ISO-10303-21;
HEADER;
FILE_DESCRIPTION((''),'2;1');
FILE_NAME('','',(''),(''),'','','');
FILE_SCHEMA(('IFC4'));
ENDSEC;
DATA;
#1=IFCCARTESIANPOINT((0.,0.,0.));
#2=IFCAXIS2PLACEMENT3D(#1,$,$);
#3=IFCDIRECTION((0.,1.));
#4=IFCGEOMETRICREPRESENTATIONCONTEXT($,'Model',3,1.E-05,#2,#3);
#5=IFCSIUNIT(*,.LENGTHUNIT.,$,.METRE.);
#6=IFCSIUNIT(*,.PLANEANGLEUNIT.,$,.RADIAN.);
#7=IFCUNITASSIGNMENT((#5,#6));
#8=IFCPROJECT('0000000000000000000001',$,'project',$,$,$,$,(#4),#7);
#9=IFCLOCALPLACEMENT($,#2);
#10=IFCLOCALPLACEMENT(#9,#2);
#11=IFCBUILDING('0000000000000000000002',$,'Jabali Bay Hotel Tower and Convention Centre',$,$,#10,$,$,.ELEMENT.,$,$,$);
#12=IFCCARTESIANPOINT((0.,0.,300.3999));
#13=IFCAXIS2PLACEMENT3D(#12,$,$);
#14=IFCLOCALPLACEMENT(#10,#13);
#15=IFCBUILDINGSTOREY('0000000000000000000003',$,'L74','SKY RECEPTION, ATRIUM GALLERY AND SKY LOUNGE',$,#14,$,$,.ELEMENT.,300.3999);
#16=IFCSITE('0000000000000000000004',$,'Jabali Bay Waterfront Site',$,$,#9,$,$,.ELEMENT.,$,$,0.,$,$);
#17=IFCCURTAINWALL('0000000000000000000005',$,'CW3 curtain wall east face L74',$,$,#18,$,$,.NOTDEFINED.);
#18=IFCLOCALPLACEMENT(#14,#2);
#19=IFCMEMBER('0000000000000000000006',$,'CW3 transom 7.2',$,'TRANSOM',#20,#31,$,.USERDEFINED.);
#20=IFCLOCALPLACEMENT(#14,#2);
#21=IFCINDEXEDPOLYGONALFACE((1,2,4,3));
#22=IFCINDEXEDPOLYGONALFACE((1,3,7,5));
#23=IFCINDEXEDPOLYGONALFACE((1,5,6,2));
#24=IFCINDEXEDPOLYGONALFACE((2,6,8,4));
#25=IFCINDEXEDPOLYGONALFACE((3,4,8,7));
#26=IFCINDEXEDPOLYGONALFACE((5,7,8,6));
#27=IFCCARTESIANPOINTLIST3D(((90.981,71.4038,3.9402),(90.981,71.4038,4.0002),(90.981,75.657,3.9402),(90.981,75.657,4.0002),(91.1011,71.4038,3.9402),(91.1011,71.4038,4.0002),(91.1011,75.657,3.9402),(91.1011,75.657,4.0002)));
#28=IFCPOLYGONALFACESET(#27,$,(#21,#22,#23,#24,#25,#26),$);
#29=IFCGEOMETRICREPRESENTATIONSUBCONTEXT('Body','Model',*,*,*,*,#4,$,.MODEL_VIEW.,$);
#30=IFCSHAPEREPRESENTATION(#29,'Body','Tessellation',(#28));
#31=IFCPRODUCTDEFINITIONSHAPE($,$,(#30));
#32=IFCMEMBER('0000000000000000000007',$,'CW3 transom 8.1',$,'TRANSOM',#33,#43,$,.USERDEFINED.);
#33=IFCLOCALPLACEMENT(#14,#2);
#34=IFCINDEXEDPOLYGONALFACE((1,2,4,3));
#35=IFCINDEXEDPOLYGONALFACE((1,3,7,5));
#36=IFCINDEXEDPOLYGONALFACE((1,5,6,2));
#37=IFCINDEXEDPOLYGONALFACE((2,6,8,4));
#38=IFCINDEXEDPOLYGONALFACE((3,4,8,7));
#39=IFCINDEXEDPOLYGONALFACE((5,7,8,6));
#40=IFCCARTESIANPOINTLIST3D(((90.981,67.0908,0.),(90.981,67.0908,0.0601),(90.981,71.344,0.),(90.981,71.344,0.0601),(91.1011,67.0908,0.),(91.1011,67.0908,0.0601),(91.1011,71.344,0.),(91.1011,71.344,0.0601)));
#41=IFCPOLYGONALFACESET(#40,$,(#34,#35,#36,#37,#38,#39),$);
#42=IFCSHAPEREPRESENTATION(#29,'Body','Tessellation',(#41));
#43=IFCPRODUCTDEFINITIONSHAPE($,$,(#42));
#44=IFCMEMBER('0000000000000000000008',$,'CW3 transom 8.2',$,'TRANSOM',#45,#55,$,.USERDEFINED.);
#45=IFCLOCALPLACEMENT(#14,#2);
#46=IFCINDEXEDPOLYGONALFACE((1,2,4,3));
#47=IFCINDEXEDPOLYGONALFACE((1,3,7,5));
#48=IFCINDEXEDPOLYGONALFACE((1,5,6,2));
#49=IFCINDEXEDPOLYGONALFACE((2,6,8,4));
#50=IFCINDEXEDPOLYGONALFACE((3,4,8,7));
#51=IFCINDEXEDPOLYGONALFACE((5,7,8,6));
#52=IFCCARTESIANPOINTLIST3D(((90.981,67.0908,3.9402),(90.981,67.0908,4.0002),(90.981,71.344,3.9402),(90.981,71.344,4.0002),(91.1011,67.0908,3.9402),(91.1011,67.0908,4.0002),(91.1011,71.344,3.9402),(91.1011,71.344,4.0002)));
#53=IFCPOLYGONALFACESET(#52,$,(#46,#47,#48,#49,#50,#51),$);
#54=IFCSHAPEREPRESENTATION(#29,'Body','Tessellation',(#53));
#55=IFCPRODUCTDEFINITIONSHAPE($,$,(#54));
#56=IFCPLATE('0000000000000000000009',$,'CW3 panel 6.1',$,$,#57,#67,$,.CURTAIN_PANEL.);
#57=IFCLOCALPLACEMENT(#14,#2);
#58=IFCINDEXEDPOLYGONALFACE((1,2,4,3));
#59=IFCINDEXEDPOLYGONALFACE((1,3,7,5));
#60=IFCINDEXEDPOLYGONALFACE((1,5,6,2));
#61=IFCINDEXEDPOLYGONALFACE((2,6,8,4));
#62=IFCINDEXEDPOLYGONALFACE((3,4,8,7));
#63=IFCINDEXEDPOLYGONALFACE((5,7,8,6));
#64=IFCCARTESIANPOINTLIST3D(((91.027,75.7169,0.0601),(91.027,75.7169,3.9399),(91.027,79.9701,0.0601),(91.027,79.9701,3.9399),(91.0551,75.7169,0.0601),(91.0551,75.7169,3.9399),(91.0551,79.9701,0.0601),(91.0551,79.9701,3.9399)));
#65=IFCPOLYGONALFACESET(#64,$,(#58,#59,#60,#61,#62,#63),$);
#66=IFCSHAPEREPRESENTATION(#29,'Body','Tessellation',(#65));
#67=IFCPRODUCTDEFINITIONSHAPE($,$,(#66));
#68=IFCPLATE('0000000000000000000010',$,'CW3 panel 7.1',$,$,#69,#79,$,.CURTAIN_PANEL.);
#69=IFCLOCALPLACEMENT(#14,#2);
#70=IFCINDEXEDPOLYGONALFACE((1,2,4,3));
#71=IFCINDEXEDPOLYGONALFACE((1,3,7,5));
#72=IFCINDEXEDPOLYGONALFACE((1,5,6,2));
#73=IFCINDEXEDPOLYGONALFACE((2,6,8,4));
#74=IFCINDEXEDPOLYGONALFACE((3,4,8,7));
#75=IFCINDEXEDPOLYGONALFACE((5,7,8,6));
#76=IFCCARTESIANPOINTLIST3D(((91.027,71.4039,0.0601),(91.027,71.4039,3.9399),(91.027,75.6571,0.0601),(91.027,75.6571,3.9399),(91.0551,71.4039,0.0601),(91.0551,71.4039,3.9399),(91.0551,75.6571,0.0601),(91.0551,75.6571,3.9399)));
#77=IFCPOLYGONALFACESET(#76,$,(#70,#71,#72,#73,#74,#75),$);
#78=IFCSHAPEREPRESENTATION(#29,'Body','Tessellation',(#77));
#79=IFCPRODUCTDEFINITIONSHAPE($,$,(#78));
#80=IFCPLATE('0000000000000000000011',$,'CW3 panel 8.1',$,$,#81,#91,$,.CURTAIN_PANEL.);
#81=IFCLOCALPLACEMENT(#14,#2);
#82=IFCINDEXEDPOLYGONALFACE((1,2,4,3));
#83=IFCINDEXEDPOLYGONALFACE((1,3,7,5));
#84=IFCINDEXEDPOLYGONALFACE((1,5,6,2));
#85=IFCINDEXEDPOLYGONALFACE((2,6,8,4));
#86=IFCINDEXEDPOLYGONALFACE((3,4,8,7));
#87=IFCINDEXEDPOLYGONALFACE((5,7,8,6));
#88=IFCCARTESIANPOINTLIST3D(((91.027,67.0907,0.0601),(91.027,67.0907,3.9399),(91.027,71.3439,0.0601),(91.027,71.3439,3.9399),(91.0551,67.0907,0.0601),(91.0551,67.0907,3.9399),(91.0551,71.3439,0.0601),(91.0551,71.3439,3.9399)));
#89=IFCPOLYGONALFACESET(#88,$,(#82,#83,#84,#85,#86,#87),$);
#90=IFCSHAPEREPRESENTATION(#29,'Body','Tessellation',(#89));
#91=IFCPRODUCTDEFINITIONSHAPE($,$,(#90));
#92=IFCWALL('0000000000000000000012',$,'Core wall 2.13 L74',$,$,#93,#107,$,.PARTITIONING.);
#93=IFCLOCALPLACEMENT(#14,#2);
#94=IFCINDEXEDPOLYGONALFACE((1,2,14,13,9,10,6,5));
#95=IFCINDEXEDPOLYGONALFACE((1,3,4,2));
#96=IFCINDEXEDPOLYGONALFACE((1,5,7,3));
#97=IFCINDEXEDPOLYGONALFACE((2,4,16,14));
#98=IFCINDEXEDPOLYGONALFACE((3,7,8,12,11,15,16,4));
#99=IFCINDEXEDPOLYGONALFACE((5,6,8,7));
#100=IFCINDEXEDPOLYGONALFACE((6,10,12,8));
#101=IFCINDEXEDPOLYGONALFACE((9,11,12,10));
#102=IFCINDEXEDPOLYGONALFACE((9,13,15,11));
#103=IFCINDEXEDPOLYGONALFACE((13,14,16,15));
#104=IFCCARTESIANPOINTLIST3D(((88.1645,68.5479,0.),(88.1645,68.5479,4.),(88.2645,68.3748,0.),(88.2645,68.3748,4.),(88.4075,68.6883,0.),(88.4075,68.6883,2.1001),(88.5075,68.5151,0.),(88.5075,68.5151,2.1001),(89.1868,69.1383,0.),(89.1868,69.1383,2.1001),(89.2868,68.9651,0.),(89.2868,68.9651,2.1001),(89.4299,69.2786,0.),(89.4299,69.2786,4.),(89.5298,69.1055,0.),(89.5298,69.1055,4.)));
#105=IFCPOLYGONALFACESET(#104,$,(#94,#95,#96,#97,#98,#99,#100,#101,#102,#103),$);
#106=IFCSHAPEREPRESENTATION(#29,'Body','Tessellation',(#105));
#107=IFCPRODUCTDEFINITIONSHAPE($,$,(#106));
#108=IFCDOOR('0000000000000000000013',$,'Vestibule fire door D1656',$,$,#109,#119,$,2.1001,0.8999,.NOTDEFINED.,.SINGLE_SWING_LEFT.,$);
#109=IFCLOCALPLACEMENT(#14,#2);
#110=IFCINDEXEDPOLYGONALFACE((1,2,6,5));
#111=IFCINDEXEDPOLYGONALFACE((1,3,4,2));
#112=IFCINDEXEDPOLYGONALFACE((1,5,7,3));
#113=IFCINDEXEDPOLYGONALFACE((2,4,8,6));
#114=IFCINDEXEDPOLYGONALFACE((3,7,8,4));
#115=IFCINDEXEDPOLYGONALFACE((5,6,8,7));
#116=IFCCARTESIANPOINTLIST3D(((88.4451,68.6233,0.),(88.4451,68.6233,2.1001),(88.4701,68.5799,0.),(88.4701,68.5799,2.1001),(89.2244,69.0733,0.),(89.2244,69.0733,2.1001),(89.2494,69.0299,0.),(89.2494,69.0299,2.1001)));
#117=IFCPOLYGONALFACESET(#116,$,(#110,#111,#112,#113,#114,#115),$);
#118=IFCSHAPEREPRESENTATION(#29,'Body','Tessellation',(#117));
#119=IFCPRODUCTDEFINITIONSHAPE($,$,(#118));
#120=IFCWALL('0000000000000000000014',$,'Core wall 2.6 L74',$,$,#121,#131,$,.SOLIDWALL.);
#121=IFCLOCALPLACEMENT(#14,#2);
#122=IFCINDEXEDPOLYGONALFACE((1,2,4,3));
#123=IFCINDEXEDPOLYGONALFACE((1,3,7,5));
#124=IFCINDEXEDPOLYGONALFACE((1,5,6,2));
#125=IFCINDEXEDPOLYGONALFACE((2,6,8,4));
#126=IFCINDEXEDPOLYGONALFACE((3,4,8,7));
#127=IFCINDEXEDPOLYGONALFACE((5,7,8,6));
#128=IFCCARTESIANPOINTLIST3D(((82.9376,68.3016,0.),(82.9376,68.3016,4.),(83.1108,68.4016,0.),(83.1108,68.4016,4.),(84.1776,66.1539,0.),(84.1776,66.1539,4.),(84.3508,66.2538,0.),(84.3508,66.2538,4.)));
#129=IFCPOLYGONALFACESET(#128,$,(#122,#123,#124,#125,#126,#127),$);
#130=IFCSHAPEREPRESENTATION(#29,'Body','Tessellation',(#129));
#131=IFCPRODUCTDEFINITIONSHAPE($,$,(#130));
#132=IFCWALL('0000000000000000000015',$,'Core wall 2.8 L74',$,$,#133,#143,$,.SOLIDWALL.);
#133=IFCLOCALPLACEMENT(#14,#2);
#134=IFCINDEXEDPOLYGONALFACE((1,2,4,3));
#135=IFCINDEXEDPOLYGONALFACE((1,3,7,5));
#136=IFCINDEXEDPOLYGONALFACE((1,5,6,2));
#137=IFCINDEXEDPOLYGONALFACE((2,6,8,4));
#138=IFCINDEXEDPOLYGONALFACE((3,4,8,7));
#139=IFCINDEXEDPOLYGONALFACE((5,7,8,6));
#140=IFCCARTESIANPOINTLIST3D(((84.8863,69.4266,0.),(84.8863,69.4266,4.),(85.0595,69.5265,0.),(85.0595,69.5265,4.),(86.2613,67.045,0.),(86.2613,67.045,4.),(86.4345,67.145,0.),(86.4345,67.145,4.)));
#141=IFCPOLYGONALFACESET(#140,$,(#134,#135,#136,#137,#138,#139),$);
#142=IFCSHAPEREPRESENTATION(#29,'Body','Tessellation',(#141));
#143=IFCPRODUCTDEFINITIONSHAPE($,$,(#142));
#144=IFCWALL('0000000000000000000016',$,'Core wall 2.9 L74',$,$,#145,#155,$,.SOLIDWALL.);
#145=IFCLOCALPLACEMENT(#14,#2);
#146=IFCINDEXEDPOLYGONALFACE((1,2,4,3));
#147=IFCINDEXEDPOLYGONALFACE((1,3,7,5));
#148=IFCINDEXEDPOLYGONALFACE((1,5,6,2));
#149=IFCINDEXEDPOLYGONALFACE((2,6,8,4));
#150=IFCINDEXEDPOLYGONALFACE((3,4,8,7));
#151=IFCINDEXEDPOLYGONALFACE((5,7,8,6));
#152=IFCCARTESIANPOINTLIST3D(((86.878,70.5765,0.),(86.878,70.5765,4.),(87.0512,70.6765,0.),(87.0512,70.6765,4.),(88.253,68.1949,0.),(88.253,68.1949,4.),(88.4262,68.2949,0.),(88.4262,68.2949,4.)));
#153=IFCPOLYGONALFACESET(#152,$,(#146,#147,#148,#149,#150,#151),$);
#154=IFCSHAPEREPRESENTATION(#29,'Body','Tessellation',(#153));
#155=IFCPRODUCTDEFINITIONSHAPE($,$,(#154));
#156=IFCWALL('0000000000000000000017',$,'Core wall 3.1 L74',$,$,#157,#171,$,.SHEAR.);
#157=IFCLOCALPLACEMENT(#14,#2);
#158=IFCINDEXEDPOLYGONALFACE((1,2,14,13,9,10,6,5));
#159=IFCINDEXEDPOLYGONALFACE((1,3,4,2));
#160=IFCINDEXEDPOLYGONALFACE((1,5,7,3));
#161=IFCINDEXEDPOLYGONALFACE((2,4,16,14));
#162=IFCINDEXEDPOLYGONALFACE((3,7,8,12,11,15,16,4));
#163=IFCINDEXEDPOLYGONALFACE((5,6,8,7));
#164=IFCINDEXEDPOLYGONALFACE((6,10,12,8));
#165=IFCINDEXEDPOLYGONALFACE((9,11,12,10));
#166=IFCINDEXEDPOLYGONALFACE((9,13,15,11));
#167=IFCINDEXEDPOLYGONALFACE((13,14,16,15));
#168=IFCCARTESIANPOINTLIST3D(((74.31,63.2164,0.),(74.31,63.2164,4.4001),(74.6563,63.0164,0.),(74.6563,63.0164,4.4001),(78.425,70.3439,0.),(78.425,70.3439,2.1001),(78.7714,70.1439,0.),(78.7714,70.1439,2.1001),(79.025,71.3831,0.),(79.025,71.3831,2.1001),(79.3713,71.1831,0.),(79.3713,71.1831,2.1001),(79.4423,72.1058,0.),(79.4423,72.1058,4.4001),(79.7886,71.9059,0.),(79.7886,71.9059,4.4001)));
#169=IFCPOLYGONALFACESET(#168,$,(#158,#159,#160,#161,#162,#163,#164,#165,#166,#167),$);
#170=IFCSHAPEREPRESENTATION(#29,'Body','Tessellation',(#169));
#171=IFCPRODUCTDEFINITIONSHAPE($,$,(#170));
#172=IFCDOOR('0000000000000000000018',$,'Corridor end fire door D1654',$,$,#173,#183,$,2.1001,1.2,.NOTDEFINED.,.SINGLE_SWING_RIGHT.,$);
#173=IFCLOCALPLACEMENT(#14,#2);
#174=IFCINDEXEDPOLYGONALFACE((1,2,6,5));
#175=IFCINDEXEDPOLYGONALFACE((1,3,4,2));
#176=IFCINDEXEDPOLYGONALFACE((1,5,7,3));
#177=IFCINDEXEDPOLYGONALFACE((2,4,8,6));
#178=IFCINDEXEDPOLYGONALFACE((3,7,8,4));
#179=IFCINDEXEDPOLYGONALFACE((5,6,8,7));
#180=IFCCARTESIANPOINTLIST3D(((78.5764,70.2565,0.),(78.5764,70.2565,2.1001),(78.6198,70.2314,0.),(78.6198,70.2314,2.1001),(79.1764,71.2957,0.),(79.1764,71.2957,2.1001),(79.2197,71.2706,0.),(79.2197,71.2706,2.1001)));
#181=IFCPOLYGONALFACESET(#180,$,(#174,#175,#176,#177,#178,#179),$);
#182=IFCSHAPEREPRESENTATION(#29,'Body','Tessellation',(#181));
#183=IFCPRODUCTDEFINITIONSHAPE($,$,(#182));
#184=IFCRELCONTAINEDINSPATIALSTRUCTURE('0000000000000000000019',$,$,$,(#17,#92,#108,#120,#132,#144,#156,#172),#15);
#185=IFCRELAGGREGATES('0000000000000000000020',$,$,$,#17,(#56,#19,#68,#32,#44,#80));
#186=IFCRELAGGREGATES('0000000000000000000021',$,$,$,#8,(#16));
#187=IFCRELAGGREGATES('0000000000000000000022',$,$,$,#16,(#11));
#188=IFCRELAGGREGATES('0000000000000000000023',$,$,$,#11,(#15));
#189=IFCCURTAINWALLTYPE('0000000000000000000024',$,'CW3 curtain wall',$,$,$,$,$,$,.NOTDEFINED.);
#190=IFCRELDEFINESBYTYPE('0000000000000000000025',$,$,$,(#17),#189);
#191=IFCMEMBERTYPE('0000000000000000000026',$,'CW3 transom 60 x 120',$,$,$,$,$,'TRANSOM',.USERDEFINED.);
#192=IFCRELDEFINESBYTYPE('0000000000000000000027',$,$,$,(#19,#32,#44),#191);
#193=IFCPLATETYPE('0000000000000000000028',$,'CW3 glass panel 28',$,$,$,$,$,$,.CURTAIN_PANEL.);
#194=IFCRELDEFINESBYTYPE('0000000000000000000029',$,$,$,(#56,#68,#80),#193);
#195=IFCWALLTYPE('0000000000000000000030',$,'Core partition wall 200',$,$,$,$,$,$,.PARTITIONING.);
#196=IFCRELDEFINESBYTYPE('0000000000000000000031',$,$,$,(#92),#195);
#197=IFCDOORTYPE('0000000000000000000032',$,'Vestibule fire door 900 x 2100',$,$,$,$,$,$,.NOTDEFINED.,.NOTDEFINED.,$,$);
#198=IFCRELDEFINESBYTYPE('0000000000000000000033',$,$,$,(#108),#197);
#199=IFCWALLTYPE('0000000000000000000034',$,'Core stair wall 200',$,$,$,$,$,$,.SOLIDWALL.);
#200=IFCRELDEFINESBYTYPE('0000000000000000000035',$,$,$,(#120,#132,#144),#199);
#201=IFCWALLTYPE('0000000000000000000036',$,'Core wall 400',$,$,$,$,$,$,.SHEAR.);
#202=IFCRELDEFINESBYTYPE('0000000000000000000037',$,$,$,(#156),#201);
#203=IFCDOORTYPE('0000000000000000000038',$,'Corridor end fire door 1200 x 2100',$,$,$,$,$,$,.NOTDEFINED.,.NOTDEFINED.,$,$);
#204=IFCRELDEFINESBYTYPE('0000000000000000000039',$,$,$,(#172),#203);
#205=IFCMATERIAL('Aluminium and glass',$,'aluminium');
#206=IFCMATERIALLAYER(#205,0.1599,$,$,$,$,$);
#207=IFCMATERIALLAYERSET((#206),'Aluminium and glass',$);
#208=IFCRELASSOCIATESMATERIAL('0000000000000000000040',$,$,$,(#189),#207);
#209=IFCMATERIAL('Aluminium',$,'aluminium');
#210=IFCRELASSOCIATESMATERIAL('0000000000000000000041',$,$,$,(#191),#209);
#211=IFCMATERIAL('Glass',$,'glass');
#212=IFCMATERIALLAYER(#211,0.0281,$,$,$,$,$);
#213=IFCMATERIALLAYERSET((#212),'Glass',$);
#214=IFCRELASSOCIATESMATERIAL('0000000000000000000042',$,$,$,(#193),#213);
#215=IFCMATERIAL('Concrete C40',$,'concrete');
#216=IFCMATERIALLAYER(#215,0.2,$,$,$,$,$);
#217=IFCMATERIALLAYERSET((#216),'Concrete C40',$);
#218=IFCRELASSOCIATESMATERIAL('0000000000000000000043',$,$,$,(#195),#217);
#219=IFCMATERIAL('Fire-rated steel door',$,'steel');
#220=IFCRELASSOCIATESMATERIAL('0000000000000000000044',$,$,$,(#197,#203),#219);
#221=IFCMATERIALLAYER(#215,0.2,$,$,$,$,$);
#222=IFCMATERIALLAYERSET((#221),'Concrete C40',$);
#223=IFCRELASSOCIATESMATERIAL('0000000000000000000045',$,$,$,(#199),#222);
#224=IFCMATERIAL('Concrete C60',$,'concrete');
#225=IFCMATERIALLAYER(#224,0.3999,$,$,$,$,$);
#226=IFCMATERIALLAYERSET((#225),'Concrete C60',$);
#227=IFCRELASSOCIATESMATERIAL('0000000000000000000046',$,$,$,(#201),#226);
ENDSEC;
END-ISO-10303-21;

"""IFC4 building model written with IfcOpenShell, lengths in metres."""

from ifc_helpers import new_model, si_unit, direction, frame, frame_2d, origin, origin_2d, place, context, subcontext, project, spatial, rectangle, extrude, material, layer, layer_set, material_profile, profile_set, type_object, element, fill, aggregate, save


model = new_model("IFC4")

# Units and contexts
model_context = context("Model", 3, precision=1e-05, world=origin(), true_north=direction((0.0, 1.0)))
body_context = subcontext(model_context, "Body", "Model", "MODEL_VIEW")
ifc_project = project(units=[si_unit("LENGTHUNIT", "METRE"), si_unit("PLANEANGLEUNIT", "RADIAN")], contexts=[model_context])

# Site, building, storey
site_placement = place(None, origin())
site = spatial("IfcSite", under=ifc_project, at=site_placement, Name="Jabali Bay Waterfront Site", CompositionType="ELEMENT", RefElevation=0.0)
building_placement = place(site_placement, origin())
building = spatial("IfcBuilding", under=site, at=building_placement, Name="Jabali Bay Hotel Tower and Convention Centre", CompositionType="ELEMENT")
storey_placement = place(building_placement, frame((0.0, 0.0, 300.3999)))
storey = spatial("IfcBuildingStorey", under=building, at=storey_placement, Name="L74", Description="SKY RECEPTION, ATRIUM GALLERY AND SKY LOUNGE", CompositionType="ELEMENT", Elevation=300.3999)

# Shared definitions
ifc_material_1 = material(Name="Concrete C60", Category="concrete")

# Curtain wall, members, plates
ifc_material_2 = material(Name="Aluminium and glass", Category="aluminium")
ifc_layer_1 = layer(ifc_material_2, 0.1599)
ifc_layer_set_1 = layer_set([ifc_layer_1], Name="Aluminium and glass")
curtain_wall_type = type_object("IfcCurtainWallType", Name="CW3 curtain wall", PredefinedType="NOTDEFINED", material=ifc_layer_set_1)
curtain_wall_placement = place(storey_placement, origin())
curtain_wall = element("IfcCurtainWall", 1, at=curtain_wall_placement, inside=storey, type_object=curtain_wall_type, Name="CW3 curtain wall east face L74", PredefinedType="NOTDEFINED")
ifc_material_3 = material(Name="Aluminium", Category="aluminium")
ifc_material_profile_1 = material_profile(ifc_material_3, rectangle(XDim=0.1201, YDim=0.0601, at=origin_2d()), Name="CW3 transom 60 x 120")
ifc_profile_set_1 = profile_set([ifc_material_profile_1], Name="Aluminium")
member_type_1 = type_object("IfcMemberType", Name="CW3 transom 60 x 120", ElementType="TRANSOM", PredefinedType="USERDEFINED", material=ifc_profile_set_1)
member_1_placement = place(storey_placement, frame((91.041, 75.657, 3.9702), z_axis=(0.0, -1.0, 0.0), x_axis=(1.0, 0.0, 0.0)))
member_1 = element("IfcMember", 2, at=member_1_placement, type_object=member_type_1, Name="CW3 transom 7.2", ObjectType="TRANSOM", PredefinedType="USERDEFINED", context=body_context, shape_type="SweptSolid", body=[
    extrude(rectangle(XDim=0.1201, YDim=0.0601, at=origin_2d()), origin(), (0.0, 0.0, 1.0), 4.2532),
])
member_2_placement = place(storey_placement, frame((91.041, 71.344, 0.03), z_axis=(0.0, -1.0, 0.0), x_axis=(1.0, 0.0, 0.0)))
member_2 = element("IfcMember", 3, at=member_2_placement, type_object=member_type_1, Name="CW3 transom 8.1", ObjectType="TRANSOM", PredefinedType="USERDEFINED", context=body_context, shape_type="SweptSolid", body=[
    extrude(rectangle(XDim=0.1201, YDim=0.0601, at=origin_2d()), origin(), (0.0, 0.0, 1.0), 4.2532),
])
member_3_placement = place(storey_placement, frame((91.041, 71.344, 3.9702), z_axis=(0.0, -1.0, 0.0), x_axis=(1.0, 0.0, 0.0)))
member_3 = element("IfcMember", 4, at=member_3_placement, type_object=member_type_1, Name="CW3 transom 8.2", ObjectType="TRANSOM", PredefinedType="USERDEFINED", context=body_context, shape_type="SweptSolid", body=[
    extrude(rectangle(XDim=0.1201, YDim=0.0601, at=origin_2d()), origin(), (0.0, 0.0, 1.0), 4.2532),
])
ifc_material_4 = material(Name="Glass", Category="glass")
ifc_layer_2 = layer(ifc_material_4, 0.0281)
ifc_layer_set_2 = layer_set([ifc_layer_2], Name="Glass")
plate_type = type_object("IfcPlateType", Name="CW3 glass panel 28", PredefinedType="CURTAIN_PANEL", material=ifc_layer_set_2)
plate_1_placement = place(storey_placement, frame((91.041, 77.8435, 0.0601), z_axis=(0.0, 0.0, 1.0), x_axis=(0.0, -1.0, 0.0)))
plate_1 = element("IfcPlate", 5, at=plate_1_placement, type_object=plate_type, Name="CW3 panel 6.1", PredefinedType="CURTAIN_PANEL", context=body_context, shape_type="SweptSolid", body=[
    extrude(rectangle(XDim=4.2532, YDim=0.0281, at=origin_2d()), origin(), (0.0, 0.0, 1.0), 3.8799),
])
plate_2_placement = place(storey_placement, frame((91.041, 73.5305, 0.0601), z_axis=(0.0, 0.0, 1.0), x_axis=(0.0, -1.0, 0.0)))
plate_2 = element("IfcPlate", 6, at=plate_2_placement, type_object=plate_type, Name="CW3 panel 7.1", PredefinedType="CURTAIN_PANEL", context=body_context, shape_type="SweptSolid", body=[
    extrude(rectangle(XDim=4.2532, YDim=0.0281, at=origin_2d()), origin(), (0.0, 0.0, 1.0), 3.8799),
])
plate_3_placement = place(storey_placement, frame((91.041, 69.2173, 0.0601), z_axis=(0.0, 0.0, 1.0), x_axis=(0.0, -1.0, 0.0)))
plate_3 = element("IfcPlate", 7, at=plate_3_placement, type_object=plate_type, Name="CW3 panel 8.1", PredefinedType="CURTAIN_PANEL", context=body_context, shape_type="SweptSolid", body=[
    extrude(rectangle(XDim=4.2532, YDim=0.0281, at=origin_2d()), origin(), (0.0, 0.0, 1.0), 3.8799),
])
aggregate(curtain_wall, [plate_1, member_1, plate_2, member_2, member_3, plate_3])

# Wall, opening, door
ifc_material_5 = material(Name="Concrete C40", Category="concrete")
ifc_layer_3 = layer(ifc_material_5, 0.2)
ifc_layer_set_3 = layer_set([ifc_layer_3], Name="Concrete C40")
wall_type_1 = type_object("IfcWallType", Name="Core partition wall 200", PredefinedType="PARTITIONING", material=ifc_layer_set_3)
wall_1_placement = place(storey_placement, frame((88.2146, 68.4614, 0.0), z_axis=(0.0, 0.0, 1.0), x_axis=(0.865982, 0.500074, 0.0)))
wall_1 = element("IfcWall", 8, at=wall_1_placement, inside=storey, type_object=wall_type_1, Name="Core wall 2.13 L74", PredefinedType="PARTITIONING", context=body_context, shape_type="SweptSolid", body=[
    extrude(rectangle(XDim=1.4612, YDim=0.2, at=frame_2d((0.7305, 0.0))), origin(), (0.0, 0.0, 1.0), 4.0),
])
opening_1_placement = place(wall_1_placement, frame((0.2805, 0.0, 0.0)))
opening_1 = element("IfcOpeningElement", 9, at=opening_1_placement, cuts=wall_1, PredefinedType="OPENING", context=body_context, shape_type="SweptSolid", body=[
    extrude(rectangle(XDim=0.8999, YDim=2.1001, at=frame_2d((0.45, 1.05))), frame((0.0, 0.1104, 0.0), z_axis=(0.0, -1.0, 0.0), x_axis=(1.0, 0.0, 0.0)), (0.0, 0.0, 1.0), 0.2209),
])
ifc_material_6 = material(Name="Fire-rated steel door", Category="steel")
door_type_1 = type_object("IfcDoorType", Name="Vestibule fire door 900 x 2100", OperationType="NOTDEFINED", PredefinedType="NOTDEFINED", material=ifc_material_6)
door_1_placement = place(opening_1_placement, origin())
door_1 = element("IfcDoor", 10, at=door_1_placement, inside=storey, type_object=door_type_1, Name="Vestibule fire door D1656", OperationType="SINGLE_SWING_LEFT", OverallHeight=2.1001, OverallWidth=0.8999, PredefinedType="NOTDEFINED", context=body_context, shape_type="SweptSolid", body=[
    extrude(rectangle(XDim=0.8999, YDim=2.1001, at=frame_2d((0.45, 1.05))), frame((0.0, 0.0249, 0.0), z_axis=(0.0, -1.0, 0.0), x_axis=(1.0, 0.0, 0.0)), (0.0, 0.0, 1.0), 0.05),
])
fill(opening_1, door_1)

# Walls
ifc_layer_4 = layer(ifc_material_5, 0.2)
ifc_layer_set_4 = layer_set([ifc_layer_4], Name="Concrete C40")
wall_type_2 = type_object("IfcWallType", Name="Core stair wall 200", PredefinedType="SOLIDWALL", material=ifc_layer_set_4)
wall_2_placement = place(storey_placement, frame((83.0242, 68.3516, 0.0), z_axis=(0.0, 0.0, 1.0), x_axis=(0.500004, -0.866023, 0.0)))
element("IfcWall", 11, at=wall_2_placement, inside=storey, type_object=wall_type_2, Name="Core wall 2.6 L74", PredefinedType="SOLIDWALL", context=body_context, shape_type="SweptSolid", body=[
    extrude(rectangle(XDim=2.48, YDim=0.2, at=frame_2d((1.24, 0.0))), origin(), (0.0, 0.0, 1.0), 4.0),
])
for number, where, z_axis, x_axis, name in (
    (12, (84.9729, 69.4766, 0.0), (0.0, 0.0, 1.0), (0.499997, -0.866027, 0.0), "Core wall 2.8 L74"),
    (13, (86.9646, 70.6265, 0.0), (0.0, 0.0, 1.0), (0.499997, -0.866027, 0.0), "Core wall 2.9 L74"),
):
    element("IfcWall", number, at=place(storey_placement, frame(where, z_axis=z_axis, x_axis=x_axis)), inside=storey, type_object=wall_type_2, Name=name, PredefinedType="SOLIDWALL", context=body_context, shape_type="SweptSolid", body=[
        extrude(rectangle(XDim=2.75, YDim=0.2, at=frame_2d((1.375, 0.0))), origin(), (0.0, 0.0, 1.0), 4.0),
    ])

# Wall, opening, door
ifc_layer_5 = layer(ifc_material_1, 0.3999)
ifc_layer_set_5 = layer_set([ifc_layer_5], Name="Concrete C60")
wall_type_3 = type_object("IfcWallType", Name="Core wall 400", PredefinedType="SHEAR", material=ifc_layer_set_5)
wall_3_placement = place(storey_placement, frame((79.6155, 72.0059, 0.0), z_axis=(0.0, 0.0, 1.0), x_axis=(-0.500002, -0.866024, 0.0)))
wall_3 = element("IfcWall", 14, at=wall_3_placement, inside=storey, type_object=wall_type_3, Name="Core wall 3.1 L74", PredefinedType="SHEAR", context=body_context, shape_type="SweptSolid", body=[
    extrude(rectangle(XDim=10.2646, YDim=0.3999, at=frame_2d((5.1323, 0.0))), origin(), (0.0, 0.0, 1.0), 4.4001),
])
opening_2_placement = place(wall_3_placement, frame((0.8345, 0.0, 0.0)))
opening_2 = element("IfcOpeningElement", 15, at=opening_2_placement, cuts=wall_3, PredefinedType="OPENING", context=body_context, shape_type="SweptSolid", body=[
    extrude(rectangle(XDim=1.2, YDim=2.1001, at=frame_2d((0.6001, 1.05))), frame((0.0, 0.2104, 0.0), z_axis=(0.0, -1.0, 0.0), x_axis=(1.0, 0.0, 0.0)), (0.0, 0.0, 1.0), 0.4209),
])
door_type_2 = type_object("IfcDoorType", Name="Corridor end fire door 1200 x 2100", OperationType="NOTDEFINED", PredefinedType="NOTDEFINED", material=ifc_material_6)
door_2_placement = place(opening_2_placement, origin())
door_2 = element("IfcDoor", 16, at=door_2_placement, inside=storey, type_object=door_type_2, Name="Corridor end fire door D1654", OperationType="SINGLE_SWING_RIGHT", OverallHeight=2.1001, OverallWidth=1.2, PredefinedType="NOTDEFINED", context=body_context, shape_type="SweptSolid", body=[
    extrude(rectangle(XDim=1.2, YDim=2.1001, at=frame_2d((0.6001, 1.05))), frame((0.0, 0.0249, 0.0), z_axis=(0.0, -1.0, 0.0), x_axis=(1.0, 0.0, 0.0)), (0.0, 0.0, 1.0), 0.05),
])
fill(opening_2, door_2)

save(model, "model.ifc")
